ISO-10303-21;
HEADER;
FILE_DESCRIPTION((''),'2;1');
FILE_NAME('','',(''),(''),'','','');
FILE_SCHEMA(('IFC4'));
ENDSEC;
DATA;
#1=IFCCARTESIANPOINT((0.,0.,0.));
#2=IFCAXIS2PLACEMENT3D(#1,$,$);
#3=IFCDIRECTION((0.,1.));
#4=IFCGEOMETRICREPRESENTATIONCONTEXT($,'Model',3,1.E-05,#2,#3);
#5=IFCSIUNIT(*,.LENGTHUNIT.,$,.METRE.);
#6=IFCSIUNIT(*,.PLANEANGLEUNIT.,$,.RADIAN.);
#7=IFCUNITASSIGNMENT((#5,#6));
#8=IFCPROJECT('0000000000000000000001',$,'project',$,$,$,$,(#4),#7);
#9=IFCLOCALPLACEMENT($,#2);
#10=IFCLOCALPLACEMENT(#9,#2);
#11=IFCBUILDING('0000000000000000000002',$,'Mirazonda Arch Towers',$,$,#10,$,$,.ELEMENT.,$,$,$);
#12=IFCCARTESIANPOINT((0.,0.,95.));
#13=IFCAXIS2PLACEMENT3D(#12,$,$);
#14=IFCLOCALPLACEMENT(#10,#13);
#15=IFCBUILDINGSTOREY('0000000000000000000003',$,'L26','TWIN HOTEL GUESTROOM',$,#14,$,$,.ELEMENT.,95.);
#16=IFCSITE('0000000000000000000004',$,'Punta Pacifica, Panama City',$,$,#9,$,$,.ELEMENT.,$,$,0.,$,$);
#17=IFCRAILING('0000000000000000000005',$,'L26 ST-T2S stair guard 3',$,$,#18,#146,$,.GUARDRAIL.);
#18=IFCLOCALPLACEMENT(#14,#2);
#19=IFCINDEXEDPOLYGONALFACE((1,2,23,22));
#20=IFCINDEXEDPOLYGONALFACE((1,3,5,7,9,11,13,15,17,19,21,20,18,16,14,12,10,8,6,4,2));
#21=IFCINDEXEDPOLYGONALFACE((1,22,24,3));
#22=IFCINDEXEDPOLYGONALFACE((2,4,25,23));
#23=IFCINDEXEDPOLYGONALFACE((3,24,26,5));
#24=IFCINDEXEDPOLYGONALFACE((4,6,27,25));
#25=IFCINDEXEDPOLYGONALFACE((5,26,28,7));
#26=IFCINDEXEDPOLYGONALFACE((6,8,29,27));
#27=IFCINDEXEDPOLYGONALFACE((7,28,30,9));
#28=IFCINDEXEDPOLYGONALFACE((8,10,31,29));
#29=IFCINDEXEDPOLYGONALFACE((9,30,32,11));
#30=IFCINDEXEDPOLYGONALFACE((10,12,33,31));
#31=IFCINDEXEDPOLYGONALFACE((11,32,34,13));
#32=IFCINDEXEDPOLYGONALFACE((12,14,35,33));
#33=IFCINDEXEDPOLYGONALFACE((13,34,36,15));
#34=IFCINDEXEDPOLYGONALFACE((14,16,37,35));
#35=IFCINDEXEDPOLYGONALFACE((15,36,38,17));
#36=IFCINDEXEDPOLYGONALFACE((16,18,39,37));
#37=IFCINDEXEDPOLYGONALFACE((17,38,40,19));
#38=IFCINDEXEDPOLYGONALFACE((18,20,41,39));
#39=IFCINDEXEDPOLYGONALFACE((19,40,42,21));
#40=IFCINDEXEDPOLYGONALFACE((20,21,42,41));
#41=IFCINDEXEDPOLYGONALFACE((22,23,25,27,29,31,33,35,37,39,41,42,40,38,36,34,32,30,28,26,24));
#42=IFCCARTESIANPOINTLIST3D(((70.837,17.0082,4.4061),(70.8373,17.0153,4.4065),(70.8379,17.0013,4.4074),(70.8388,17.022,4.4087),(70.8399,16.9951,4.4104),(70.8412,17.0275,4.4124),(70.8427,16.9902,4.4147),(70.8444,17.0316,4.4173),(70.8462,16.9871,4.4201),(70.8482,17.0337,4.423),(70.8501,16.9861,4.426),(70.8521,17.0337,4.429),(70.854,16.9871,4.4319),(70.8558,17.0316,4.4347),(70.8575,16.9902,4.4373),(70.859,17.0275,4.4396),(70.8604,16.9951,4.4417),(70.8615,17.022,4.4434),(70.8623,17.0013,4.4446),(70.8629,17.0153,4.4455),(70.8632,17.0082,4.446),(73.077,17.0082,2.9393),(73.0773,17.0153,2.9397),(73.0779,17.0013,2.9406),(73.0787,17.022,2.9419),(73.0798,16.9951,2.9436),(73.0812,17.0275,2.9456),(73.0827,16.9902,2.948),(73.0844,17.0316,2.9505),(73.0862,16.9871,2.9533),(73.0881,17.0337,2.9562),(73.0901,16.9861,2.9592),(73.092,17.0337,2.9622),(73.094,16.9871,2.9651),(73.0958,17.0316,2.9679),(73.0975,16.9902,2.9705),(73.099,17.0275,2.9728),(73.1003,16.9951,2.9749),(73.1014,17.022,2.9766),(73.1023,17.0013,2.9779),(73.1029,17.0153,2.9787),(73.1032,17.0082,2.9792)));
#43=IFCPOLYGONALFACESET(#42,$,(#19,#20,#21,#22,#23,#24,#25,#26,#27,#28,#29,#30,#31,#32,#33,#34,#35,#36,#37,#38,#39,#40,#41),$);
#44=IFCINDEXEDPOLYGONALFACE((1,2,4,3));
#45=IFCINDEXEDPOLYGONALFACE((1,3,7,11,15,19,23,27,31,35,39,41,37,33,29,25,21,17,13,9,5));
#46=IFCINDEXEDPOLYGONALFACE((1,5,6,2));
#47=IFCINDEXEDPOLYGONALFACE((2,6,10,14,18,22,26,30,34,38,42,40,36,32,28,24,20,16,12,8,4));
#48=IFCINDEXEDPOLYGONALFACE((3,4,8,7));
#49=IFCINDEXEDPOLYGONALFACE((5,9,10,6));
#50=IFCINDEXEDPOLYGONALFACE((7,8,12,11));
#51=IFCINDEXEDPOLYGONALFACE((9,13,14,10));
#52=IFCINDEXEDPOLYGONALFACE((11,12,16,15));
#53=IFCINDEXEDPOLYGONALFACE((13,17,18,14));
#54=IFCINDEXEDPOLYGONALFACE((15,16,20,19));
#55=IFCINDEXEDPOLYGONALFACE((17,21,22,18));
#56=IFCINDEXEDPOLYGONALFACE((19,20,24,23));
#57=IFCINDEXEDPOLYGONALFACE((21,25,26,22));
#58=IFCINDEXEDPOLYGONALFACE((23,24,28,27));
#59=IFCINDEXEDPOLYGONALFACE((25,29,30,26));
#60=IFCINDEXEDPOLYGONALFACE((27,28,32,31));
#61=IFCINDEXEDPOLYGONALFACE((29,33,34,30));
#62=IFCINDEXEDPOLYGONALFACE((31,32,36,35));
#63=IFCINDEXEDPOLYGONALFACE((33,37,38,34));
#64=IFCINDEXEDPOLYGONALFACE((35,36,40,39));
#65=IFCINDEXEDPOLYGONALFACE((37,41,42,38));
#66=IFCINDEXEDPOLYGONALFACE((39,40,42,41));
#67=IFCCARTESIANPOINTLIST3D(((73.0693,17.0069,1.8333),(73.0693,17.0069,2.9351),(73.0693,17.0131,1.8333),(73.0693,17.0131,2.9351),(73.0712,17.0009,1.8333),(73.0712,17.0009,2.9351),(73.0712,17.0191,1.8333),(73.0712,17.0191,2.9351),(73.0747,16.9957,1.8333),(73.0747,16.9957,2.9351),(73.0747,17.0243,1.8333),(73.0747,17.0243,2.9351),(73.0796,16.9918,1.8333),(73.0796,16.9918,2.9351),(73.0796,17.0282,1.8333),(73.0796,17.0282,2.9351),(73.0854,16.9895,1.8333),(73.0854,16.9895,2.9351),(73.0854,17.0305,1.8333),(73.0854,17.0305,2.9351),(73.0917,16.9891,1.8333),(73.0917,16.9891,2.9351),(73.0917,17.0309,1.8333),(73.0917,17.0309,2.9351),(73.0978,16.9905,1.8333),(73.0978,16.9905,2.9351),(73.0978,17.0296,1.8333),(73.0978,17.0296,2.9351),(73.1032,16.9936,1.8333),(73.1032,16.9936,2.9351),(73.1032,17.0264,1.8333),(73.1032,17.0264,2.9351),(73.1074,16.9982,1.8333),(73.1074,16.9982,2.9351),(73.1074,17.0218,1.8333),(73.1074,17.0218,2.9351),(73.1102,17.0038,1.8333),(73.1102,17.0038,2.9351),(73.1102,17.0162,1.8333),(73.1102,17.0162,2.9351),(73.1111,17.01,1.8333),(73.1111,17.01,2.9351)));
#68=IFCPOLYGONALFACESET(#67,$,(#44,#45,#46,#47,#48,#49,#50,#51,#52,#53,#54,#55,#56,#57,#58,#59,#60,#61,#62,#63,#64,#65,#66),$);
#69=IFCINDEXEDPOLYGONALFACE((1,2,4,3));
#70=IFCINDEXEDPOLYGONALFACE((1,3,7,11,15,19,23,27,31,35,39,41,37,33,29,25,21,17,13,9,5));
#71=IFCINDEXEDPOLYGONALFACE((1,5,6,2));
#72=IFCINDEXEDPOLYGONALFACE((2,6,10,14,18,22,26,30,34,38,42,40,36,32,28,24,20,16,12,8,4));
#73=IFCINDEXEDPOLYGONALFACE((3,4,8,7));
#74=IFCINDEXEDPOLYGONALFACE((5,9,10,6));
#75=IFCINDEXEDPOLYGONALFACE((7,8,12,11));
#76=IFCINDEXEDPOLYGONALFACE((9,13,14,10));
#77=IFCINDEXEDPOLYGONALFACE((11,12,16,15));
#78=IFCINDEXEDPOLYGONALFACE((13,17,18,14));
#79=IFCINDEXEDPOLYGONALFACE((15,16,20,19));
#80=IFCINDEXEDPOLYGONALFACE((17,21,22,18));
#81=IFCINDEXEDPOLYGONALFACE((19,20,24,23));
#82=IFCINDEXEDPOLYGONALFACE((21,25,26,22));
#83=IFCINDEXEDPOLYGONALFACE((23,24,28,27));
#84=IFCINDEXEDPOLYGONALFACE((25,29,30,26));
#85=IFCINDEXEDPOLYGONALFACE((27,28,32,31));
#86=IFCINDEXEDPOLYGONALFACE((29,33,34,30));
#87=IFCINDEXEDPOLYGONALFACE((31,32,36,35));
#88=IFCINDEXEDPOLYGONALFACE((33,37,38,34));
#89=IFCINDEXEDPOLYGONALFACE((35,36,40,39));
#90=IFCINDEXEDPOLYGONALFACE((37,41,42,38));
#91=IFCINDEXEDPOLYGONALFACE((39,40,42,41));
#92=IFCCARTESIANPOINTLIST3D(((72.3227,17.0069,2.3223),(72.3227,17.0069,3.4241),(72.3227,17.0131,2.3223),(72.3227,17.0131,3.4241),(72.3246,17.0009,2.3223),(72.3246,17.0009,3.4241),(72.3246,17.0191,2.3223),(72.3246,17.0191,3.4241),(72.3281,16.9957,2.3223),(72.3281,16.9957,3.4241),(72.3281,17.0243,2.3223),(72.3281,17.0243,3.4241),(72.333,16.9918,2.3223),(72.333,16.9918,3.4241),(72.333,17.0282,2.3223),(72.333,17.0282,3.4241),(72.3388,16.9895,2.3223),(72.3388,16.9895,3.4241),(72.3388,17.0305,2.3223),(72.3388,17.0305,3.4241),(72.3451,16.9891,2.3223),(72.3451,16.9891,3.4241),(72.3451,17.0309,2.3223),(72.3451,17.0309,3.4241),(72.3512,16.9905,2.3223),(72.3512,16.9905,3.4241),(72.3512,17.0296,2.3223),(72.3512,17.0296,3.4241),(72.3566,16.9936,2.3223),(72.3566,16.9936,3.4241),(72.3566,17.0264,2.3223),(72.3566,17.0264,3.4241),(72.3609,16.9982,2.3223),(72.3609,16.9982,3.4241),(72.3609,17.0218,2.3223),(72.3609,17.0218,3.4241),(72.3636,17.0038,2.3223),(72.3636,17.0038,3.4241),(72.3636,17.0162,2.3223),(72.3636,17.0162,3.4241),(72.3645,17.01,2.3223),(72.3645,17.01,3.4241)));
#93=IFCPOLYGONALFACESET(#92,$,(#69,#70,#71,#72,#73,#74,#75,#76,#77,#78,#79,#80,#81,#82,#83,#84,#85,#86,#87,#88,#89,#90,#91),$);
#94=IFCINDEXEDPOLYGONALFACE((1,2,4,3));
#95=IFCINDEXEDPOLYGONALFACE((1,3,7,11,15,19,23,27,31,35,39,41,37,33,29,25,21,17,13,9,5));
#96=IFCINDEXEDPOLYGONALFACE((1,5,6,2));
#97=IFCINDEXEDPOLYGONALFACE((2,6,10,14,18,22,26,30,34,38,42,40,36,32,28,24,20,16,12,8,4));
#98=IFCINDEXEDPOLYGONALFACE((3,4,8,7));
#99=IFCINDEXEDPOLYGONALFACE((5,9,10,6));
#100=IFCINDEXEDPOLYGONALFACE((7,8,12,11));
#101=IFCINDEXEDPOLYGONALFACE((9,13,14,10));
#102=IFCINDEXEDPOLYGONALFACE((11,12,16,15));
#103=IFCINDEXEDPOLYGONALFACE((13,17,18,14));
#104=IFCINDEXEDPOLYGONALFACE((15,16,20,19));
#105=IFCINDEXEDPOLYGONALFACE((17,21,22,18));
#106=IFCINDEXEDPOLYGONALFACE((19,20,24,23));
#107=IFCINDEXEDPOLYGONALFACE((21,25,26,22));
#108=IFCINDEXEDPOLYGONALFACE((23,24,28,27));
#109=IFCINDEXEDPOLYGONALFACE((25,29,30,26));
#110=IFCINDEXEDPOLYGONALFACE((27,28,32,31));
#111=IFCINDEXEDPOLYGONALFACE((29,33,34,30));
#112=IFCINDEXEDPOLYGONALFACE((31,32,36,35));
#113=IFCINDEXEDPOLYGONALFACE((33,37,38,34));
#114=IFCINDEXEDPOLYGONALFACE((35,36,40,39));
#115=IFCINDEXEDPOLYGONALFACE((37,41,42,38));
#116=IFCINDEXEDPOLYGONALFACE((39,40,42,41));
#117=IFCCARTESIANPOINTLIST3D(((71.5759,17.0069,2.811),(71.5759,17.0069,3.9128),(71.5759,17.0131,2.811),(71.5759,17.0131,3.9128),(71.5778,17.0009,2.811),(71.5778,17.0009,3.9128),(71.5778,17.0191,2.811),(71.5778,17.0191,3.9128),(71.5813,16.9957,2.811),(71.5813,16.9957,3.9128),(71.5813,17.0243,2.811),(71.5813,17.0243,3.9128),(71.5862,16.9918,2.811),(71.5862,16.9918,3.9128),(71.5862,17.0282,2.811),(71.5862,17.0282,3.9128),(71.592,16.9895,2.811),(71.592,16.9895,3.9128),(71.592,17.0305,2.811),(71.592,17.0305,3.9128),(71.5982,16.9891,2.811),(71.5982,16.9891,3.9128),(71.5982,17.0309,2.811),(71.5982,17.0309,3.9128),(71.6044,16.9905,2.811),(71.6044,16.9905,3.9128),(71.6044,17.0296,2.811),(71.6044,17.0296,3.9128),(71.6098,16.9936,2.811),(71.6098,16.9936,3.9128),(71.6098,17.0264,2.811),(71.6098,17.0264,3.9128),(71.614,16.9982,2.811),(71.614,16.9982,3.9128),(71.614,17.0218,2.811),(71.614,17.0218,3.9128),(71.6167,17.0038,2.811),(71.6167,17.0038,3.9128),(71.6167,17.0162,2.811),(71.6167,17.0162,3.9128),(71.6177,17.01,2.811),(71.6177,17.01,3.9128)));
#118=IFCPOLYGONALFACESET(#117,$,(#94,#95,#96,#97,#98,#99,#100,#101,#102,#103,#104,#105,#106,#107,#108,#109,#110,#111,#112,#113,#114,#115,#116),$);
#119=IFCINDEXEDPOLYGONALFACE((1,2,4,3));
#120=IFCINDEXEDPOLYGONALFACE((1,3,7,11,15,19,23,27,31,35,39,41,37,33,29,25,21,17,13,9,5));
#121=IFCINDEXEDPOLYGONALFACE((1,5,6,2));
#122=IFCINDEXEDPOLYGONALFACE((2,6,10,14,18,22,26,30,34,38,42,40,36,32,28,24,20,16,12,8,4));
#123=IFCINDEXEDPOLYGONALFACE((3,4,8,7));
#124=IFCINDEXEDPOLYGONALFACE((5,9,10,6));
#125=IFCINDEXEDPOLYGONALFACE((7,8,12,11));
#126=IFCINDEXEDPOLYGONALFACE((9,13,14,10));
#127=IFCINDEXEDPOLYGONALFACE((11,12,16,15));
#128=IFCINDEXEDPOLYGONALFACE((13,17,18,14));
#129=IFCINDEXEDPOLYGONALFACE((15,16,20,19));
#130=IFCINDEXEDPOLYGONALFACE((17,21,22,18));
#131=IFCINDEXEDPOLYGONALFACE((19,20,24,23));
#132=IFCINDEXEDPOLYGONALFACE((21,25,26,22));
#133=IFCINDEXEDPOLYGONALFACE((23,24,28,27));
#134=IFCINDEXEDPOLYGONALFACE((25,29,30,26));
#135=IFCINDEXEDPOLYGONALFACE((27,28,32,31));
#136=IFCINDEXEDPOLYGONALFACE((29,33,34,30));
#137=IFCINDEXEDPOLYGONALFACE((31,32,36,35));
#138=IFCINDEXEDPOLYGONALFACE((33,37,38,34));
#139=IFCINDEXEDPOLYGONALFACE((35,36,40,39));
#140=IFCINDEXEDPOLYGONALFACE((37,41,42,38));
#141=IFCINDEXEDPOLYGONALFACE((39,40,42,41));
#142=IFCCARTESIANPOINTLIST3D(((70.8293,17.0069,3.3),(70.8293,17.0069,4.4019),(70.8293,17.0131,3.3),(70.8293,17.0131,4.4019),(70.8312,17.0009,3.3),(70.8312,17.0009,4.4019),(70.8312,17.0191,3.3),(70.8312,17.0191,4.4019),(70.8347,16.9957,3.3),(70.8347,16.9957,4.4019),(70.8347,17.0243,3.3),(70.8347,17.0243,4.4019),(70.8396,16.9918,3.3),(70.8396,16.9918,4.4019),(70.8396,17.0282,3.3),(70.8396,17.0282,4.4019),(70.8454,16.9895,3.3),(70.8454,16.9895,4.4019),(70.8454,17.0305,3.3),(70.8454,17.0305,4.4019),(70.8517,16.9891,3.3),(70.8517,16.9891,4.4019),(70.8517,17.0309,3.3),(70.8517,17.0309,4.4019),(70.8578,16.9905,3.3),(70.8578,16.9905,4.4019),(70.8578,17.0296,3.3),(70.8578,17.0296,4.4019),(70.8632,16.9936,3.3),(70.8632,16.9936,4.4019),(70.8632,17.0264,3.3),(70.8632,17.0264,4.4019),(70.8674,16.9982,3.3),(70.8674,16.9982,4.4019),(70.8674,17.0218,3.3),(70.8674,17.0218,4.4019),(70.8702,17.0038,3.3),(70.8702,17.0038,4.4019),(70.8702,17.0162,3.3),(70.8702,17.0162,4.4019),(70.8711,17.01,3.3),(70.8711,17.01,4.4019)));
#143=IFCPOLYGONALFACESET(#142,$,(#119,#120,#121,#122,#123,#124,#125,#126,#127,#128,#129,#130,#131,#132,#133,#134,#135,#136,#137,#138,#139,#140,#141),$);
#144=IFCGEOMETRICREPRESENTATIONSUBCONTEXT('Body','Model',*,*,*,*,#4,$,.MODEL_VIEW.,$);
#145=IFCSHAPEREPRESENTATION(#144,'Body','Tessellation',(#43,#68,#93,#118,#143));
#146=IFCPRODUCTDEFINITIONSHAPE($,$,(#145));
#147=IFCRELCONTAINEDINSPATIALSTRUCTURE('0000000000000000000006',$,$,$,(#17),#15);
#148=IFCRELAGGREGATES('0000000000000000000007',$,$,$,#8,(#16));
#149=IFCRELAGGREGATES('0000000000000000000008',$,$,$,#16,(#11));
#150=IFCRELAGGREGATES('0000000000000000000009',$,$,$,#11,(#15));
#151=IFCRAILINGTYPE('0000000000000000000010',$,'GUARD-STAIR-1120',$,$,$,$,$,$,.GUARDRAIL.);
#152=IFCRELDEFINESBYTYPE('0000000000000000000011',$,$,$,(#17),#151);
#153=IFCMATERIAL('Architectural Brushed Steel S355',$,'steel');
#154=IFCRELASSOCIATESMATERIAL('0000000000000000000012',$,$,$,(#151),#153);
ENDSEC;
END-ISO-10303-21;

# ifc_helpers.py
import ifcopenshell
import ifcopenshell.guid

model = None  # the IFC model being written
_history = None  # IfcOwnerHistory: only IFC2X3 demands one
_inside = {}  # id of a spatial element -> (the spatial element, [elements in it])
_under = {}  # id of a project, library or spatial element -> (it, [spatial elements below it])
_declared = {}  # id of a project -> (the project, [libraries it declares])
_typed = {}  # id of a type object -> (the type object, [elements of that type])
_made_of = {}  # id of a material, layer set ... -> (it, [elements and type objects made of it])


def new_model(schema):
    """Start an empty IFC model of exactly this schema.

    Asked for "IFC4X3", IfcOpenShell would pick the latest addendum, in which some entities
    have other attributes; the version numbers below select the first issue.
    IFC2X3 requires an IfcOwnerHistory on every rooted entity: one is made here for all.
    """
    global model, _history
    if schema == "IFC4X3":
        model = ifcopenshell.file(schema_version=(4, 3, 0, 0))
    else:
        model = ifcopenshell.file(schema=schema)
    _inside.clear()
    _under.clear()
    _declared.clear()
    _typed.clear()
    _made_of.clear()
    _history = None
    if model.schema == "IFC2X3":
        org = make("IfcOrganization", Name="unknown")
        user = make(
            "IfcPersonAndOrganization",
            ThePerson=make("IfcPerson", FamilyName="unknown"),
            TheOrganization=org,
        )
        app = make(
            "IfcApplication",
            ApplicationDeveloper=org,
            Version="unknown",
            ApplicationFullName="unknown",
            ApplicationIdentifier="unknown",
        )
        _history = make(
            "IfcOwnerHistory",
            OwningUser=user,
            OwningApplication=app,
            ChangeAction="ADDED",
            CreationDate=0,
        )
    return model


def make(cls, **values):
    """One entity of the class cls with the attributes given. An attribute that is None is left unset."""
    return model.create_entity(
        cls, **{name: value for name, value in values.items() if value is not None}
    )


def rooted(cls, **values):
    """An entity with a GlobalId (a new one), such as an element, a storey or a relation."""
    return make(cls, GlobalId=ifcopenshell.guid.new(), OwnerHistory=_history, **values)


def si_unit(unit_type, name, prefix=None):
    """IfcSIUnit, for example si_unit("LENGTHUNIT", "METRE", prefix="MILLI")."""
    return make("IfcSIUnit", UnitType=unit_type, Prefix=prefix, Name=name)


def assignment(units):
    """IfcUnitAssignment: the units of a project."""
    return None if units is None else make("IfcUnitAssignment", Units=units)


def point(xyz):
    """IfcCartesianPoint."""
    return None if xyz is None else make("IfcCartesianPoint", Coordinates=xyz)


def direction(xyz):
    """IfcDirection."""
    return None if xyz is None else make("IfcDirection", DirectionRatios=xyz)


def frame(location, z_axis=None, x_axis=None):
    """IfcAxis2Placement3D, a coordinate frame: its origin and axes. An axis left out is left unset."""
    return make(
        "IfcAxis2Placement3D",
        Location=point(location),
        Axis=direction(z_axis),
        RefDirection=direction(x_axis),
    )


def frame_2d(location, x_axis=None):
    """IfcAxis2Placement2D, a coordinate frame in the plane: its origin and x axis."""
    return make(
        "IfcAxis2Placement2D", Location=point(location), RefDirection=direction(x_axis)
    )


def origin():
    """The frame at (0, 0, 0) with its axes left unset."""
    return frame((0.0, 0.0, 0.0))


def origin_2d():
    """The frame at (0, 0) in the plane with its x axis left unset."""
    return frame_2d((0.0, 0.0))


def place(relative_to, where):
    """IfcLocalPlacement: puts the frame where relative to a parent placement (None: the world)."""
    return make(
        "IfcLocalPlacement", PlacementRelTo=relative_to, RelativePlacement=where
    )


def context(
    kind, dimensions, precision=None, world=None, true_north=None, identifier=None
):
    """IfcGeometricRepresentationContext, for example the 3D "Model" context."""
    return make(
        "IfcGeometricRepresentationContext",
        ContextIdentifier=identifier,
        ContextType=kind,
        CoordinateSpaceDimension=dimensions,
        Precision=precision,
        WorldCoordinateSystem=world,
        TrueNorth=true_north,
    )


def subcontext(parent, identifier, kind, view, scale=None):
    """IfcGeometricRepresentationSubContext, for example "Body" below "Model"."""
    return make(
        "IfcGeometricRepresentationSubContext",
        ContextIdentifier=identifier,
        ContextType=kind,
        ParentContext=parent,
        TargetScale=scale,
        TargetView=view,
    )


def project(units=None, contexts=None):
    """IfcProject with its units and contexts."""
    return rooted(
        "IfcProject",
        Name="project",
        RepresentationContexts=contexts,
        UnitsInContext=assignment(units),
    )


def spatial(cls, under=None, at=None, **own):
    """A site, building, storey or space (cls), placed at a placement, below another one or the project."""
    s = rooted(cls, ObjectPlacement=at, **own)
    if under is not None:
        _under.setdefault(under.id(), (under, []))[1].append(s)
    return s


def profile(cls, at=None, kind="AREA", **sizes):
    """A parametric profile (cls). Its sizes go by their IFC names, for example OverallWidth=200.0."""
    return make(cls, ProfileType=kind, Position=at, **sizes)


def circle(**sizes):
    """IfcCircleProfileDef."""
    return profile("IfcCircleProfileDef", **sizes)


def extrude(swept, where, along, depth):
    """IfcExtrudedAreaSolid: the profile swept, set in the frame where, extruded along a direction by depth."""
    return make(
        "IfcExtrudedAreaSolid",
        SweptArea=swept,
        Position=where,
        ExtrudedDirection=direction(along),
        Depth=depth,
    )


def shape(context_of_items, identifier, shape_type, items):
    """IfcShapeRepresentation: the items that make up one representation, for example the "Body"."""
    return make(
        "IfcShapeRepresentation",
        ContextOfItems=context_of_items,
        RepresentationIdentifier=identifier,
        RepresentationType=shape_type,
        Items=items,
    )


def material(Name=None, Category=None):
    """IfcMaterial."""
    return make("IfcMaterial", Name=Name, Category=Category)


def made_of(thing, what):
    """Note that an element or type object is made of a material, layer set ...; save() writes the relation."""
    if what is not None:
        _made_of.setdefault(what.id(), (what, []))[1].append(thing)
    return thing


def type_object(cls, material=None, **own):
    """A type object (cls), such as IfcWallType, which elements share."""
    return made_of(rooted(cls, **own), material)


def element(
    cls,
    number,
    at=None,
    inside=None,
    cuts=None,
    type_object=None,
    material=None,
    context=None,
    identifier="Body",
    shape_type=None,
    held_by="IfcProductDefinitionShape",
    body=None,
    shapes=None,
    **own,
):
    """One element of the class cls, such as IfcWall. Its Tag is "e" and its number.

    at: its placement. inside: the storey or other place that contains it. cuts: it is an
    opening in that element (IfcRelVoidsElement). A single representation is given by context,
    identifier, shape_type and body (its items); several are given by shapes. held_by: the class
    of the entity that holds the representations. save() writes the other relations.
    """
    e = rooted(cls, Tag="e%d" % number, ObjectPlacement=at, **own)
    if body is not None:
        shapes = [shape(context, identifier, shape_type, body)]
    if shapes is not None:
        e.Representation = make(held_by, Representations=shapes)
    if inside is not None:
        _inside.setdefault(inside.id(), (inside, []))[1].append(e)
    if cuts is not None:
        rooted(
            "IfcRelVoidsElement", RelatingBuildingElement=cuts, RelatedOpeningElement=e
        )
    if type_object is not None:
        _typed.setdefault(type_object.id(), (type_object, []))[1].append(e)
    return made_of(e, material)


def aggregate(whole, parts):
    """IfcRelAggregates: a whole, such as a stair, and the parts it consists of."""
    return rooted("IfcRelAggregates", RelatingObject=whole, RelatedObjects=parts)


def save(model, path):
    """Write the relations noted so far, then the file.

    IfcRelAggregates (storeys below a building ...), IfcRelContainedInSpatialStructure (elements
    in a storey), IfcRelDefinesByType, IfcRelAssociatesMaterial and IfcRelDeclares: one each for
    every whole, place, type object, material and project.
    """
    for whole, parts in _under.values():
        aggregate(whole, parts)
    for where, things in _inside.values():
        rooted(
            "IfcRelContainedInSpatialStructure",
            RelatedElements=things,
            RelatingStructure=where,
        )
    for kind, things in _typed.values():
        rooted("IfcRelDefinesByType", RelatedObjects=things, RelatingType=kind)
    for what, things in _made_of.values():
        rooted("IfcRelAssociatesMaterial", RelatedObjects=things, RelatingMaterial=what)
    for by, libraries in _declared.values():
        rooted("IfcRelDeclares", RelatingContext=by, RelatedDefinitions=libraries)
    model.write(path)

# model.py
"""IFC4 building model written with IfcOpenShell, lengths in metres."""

from ifc_helpers import new_model, si_unit, direction, frame, origin, origin_2d, place, context, subcontext, project, spatial, circle, extrude, material, type_object, element, save


model = new_model("IFC4")

# Units and contexts
model_context = context("Model", 3, precision=1e-05, world=origin(), true_north=direction((0.0, 1.0)))
body_context = subcontext(model_context, "Body", "Model", "MODEL_VIEW")
ifc_project = project(units=[si_unit("LENGTHUNIT", "METRE"), si_unit("PLANEANGLEUNIT", "RADIAN")], contexts=[model_context])

# Site, building, storey
site_placement = place(None, origin())
site = spatial("IfcSite", under=ifc_project, at=site_placement, Name="Punta Pacifica, Panama City", CompositionType="ELEMENT", RefElevation=0.0)
building_placement = place(site_placement, origin())
building = spatial("IfcBuilding", under=site, at=building_placement, Name="Mirazonda Arch Towers", CompositionType="ELEMENT")
storey_placement = place(building_placement, frame((0.0, 0.0, 95.0)))
storey = spatial("IfcBuildingStorey", under=building, at=storey_placement, Name="L26", Description="TWIN HOTEL GUESTROOM", CompositionType="ELEMENT", Elevation=95.0)

# Railing
ifc_material_1 = material(Name="Architectural Brushed Steel S355", Category="steel")
railing_type_1 = type_object("IfcRailingType", Name="GUARD-STAIR-1120", PredefinedType="GUARDRAIL", material=ifc_material_1)
railing_1_placement = place(storey_placement, frame((73.0901, 17.01, 1.8333)))
element("IfcRailing", 1, at=railing_1_placement, inside=storey, type_object=railing_type_1, Name="L26 ST-T2S stair guard 3", PredefinedType="GUARDRAIL", context=body_context, shape_type="SweptSolid", body=[
    extrude(circle(Radius=0.0239, at=origin_2d()), frame((0.0, 0.0, 1.126), z_axis=(-0.836595, 0.0, 0.547822), x_axis=(0.0, -1.0, 0.0)), (0.0, 0.0, 1.0), 2.6775),
    extrude(circle(Radius=0.021, at=origin_2d()), origin(), (0.0, 0.0, 1.0), 1.1018),
    extrude(circle(Radius=0.021, at=origin_2d()), frame((-0.7466, 0.0, 0.489)), (0.0, 0.0, 1.0), 1.1018),
    extrude(circle(Radius=0.021, at=origin_2d()), frame((-1.4934, 0.0, 0.9778)), (0.0, 0.0, 1.0), 1.1018),
    extrude(circle(Radius=0.021, at=origin_2d()), frame((-2.24, 0.0, 1.4668)), (0.0, 0.0, 1.0), 1.1018),
])

save(model, "model.ifc")
